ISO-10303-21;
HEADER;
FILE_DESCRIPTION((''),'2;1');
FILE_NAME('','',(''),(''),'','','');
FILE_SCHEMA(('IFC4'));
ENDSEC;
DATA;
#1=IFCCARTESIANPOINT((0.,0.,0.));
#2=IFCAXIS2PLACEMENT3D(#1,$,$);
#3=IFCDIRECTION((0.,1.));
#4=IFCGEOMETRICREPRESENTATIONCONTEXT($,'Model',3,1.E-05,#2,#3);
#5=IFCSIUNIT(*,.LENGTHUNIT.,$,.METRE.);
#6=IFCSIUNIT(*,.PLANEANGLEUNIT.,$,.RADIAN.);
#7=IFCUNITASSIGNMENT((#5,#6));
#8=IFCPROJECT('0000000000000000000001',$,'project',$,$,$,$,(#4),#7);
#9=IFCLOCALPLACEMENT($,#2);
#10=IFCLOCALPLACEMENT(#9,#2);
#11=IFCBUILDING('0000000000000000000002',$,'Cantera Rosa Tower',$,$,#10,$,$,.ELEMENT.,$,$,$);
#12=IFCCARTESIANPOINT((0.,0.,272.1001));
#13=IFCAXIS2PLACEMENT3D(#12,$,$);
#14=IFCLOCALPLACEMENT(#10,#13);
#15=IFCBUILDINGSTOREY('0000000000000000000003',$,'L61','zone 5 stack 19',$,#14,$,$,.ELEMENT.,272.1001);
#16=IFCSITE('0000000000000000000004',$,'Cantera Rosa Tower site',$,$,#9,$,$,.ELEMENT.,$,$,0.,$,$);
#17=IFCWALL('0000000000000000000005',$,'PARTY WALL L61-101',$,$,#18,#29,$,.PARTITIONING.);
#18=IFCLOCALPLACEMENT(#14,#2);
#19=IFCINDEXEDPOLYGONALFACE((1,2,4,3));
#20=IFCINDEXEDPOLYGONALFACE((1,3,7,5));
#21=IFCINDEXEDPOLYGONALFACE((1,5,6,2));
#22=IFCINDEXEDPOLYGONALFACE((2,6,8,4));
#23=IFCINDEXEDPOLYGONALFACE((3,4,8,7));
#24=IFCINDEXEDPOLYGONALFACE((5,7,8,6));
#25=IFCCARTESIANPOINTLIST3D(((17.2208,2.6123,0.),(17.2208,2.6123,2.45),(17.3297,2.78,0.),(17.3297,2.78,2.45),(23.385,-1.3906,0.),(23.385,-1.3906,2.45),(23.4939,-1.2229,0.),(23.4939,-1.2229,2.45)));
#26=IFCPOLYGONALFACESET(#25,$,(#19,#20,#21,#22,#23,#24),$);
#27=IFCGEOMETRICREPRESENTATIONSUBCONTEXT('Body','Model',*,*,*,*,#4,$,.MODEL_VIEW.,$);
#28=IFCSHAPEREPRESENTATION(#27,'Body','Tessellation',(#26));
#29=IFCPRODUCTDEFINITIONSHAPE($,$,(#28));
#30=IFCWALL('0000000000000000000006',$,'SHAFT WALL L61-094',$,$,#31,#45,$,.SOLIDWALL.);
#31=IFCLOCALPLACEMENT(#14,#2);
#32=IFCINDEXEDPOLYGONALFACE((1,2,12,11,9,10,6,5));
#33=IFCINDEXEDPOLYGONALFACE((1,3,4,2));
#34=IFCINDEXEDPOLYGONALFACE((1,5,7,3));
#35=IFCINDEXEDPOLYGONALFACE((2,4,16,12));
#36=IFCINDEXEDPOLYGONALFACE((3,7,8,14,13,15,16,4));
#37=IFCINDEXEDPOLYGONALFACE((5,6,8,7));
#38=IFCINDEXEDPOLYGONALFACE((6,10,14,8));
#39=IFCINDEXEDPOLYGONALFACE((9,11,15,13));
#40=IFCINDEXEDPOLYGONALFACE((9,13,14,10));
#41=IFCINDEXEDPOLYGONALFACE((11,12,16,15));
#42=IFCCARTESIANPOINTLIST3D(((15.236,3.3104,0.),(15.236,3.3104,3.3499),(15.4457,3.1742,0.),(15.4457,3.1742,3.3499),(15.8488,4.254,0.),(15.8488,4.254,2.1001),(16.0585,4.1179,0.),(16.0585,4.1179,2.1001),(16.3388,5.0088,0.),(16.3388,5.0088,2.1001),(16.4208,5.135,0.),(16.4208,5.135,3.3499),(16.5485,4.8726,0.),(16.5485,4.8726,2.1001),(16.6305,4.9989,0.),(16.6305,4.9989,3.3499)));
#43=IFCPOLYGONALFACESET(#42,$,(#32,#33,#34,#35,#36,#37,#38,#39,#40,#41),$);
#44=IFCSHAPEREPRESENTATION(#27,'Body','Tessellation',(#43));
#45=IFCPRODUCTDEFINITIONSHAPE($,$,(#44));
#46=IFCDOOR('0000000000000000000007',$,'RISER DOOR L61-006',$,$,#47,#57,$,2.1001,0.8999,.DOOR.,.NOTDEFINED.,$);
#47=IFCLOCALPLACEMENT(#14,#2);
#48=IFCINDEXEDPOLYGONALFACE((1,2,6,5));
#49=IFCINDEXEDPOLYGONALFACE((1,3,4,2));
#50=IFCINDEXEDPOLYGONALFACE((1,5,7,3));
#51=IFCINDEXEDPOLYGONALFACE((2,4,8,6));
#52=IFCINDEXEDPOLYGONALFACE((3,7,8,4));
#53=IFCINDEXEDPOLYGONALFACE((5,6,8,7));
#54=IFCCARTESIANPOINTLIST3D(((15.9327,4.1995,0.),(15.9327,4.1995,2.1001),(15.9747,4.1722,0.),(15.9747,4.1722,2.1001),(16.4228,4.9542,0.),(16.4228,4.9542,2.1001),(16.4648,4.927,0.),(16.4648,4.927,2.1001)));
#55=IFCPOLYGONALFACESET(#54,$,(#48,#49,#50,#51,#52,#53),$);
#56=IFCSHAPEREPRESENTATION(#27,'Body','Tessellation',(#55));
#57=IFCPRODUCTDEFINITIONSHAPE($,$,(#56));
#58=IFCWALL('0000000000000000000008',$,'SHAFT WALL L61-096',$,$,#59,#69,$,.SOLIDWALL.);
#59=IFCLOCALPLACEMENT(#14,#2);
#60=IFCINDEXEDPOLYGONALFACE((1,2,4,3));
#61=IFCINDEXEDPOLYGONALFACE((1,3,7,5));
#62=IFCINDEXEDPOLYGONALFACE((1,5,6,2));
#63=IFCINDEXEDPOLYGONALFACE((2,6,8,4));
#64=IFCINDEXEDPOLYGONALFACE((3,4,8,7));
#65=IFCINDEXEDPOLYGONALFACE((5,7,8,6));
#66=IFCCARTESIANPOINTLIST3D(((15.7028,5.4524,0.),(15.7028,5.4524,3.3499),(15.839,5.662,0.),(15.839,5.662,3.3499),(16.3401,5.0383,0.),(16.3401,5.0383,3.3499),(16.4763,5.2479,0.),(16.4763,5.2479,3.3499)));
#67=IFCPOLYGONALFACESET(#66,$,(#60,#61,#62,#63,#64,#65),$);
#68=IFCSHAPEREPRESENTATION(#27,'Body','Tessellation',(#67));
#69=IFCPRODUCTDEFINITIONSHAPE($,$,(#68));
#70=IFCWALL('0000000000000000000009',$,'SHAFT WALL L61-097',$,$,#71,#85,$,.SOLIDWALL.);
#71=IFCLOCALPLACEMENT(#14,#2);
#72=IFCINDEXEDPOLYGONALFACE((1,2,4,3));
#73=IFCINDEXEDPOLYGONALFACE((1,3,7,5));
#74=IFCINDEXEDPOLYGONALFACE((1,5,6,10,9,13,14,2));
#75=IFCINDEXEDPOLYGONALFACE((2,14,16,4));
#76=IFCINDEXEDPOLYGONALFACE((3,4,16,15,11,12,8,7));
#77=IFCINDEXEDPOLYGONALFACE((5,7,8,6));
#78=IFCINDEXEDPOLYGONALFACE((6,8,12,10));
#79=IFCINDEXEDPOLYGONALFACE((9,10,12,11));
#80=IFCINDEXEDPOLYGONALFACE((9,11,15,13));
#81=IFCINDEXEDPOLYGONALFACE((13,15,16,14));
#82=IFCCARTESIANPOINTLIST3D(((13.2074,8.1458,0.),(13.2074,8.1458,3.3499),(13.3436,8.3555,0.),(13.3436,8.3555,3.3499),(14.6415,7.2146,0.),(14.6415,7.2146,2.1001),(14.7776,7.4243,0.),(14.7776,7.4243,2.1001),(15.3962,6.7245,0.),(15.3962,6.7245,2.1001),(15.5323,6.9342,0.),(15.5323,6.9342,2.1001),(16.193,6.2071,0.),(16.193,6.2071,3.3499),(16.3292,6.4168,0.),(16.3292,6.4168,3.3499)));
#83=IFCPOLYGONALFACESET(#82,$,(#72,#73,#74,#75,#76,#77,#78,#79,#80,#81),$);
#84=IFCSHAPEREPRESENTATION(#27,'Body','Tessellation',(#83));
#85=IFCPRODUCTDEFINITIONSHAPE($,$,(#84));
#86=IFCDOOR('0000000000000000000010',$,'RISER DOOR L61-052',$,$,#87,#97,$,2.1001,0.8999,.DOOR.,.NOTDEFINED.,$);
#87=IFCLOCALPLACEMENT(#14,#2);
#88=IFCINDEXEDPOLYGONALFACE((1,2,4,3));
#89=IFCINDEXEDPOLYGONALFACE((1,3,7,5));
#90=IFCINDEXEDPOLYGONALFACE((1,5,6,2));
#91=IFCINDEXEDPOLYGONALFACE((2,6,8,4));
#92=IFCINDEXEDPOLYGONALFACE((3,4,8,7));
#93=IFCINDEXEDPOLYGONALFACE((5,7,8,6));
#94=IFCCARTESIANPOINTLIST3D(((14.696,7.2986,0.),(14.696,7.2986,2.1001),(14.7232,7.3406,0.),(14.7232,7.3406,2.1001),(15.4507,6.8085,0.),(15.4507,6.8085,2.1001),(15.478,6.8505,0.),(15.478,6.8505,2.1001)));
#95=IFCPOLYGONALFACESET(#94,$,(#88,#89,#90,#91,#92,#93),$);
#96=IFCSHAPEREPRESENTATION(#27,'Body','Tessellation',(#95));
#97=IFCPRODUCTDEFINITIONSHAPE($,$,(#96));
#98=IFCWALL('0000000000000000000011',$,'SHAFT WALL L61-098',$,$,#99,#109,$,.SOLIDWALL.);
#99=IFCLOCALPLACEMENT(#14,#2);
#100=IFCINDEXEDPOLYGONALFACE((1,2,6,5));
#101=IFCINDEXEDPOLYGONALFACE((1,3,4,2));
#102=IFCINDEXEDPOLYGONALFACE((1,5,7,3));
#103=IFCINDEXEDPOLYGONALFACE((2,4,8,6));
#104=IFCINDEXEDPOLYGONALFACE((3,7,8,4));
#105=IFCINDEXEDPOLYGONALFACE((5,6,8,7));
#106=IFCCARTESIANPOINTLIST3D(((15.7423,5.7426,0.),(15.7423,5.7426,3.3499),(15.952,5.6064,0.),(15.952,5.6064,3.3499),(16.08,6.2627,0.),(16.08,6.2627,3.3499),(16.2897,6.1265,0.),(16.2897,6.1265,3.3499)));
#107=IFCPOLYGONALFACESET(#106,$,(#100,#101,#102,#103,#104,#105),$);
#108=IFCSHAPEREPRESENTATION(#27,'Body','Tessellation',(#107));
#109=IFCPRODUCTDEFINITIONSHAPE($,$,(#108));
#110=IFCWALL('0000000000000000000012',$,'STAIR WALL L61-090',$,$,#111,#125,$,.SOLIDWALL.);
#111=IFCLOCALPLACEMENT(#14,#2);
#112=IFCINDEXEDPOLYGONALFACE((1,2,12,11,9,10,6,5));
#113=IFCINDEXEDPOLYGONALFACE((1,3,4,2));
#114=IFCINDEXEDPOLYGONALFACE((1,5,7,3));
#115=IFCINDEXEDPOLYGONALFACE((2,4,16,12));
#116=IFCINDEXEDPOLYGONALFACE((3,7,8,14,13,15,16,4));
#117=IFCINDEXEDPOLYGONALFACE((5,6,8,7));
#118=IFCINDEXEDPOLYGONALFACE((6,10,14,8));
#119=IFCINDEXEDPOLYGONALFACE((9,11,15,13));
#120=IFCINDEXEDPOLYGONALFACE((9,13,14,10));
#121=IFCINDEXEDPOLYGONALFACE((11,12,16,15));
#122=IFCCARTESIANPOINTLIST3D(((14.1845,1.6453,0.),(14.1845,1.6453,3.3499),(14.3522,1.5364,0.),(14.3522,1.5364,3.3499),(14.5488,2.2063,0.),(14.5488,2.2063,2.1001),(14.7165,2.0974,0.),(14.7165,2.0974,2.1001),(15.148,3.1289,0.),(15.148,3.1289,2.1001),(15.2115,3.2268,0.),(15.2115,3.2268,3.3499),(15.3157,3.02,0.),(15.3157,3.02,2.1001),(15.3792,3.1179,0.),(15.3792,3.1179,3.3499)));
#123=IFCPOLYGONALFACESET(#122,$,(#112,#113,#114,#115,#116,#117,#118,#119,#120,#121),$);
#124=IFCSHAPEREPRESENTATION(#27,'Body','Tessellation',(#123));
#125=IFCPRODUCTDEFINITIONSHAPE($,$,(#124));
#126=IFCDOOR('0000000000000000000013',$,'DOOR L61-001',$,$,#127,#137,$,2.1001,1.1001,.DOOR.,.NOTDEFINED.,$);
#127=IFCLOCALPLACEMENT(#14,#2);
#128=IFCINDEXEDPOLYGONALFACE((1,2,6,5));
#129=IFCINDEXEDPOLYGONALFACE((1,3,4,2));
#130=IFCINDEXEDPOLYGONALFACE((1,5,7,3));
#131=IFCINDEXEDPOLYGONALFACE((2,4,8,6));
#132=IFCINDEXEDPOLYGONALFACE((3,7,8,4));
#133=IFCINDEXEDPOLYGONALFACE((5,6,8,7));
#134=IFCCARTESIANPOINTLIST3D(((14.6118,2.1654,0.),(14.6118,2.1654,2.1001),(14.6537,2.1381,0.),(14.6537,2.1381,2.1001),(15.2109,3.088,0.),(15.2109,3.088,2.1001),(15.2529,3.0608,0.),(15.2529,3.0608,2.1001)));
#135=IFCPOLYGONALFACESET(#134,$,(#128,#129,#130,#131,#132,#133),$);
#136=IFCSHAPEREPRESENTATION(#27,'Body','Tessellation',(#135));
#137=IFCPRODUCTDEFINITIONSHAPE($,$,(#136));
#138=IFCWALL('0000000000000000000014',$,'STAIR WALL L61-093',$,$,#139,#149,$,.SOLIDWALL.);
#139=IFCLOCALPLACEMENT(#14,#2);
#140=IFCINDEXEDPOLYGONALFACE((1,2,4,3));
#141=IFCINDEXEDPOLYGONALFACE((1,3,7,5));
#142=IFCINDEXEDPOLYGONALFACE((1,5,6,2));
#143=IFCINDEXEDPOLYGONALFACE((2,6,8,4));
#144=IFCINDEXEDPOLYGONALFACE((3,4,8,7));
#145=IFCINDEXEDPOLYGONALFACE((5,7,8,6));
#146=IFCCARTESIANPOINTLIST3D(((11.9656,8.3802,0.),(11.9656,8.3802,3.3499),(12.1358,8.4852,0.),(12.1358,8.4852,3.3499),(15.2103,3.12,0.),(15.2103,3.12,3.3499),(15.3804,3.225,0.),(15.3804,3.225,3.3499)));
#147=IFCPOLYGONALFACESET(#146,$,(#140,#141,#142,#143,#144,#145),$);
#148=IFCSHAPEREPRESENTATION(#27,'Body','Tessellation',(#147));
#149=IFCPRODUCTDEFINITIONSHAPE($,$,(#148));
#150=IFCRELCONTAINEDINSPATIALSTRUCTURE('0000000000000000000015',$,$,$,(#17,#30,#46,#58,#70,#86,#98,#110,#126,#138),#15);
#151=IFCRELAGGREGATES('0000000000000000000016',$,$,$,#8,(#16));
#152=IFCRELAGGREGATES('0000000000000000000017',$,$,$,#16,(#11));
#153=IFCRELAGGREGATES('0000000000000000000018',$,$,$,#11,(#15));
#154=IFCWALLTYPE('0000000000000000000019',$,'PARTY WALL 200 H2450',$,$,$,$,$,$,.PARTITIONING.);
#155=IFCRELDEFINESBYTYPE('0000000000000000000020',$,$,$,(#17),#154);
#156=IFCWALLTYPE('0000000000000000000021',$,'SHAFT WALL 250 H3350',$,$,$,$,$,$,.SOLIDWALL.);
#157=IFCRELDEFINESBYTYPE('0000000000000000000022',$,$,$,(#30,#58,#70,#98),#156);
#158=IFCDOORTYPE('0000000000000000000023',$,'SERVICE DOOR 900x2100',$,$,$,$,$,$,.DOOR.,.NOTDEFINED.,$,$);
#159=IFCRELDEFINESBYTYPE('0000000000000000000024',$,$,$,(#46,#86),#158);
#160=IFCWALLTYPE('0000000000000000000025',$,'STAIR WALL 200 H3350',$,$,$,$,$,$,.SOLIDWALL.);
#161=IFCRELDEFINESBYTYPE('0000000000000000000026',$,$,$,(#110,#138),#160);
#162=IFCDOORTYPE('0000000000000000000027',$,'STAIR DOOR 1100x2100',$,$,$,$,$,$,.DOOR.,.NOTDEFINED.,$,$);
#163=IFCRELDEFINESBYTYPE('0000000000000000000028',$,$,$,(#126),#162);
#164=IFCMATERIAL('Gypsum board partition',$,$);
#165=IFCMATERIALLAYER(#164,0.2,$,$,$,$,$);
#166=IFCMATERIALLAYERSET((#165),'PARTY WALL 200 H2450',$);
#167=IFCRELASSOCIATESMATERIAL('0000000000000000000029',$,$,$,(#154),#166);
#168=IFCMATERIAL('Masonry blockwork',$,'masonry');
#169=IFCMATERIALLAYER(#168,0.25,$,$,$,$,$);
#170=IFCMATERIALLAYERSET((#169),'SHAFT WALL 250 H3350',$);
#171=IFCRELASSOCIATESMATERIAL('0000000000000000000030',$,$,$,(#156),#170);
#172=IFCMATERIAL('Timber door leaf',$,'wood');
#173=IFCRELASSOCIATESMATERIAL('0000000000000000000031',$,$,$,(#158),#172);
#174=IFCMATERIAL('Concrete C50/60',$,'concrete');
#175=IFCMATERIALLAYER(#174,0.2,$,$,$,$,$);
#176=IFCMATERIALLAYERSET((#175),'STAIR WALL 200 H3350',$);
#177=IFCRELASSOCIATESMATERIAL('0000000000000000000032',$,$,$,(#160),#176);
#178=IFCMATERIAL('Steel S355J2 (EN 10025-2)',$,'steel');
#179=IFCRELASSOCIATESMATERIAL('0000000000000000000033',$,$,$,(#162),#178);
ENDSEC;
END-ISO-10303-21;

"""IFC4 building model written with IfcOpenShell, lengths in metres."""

from ifc_helpers import new_model, si_unit, direction, frame, frame_2d, origin, place, context, subcontext, project, spatial, rectangle, extrude, material, layer, layer_set, type_object, element, fill, save


model = new_model("IFC4")

# Units and contexts
model_context = context("Model", 3, precision=1e-05, world=origin(), true_north=direction((0.0, 1.0)))
body_context = subcontext(model_context, "Body", "Model", "MODEL_VIEW")
ifc_project = project(units=[si_unit("LENGTHUNIT", "METRE"), si_unit("PLANEANGLEUNIT", "RADIAN")], contexts=[model_context])

# Site, building, storey
site_placement = place(None, origin())
site = spatial("IfcSite", under=ifc_project, at=site_placement, Name="Cantera Rosa Tower site", CompositionType="ELEMENT", RefElevation=0.0)
building_placement = place(site_placement, origin())
building = spatial("IfcBuilding", under=site, at=building_placement, Name="Cantera Rosa Tower", CompositionType="ELEMENT")
storey_placement = place(building_placement, frame((0.0, 0.0, 272.1001)))
storey = spatial("IfcBuildingStorey", under=building, at=storey_placement, Name="L61", Description="zone 5 stack 19", CompositionType="ELEMENT", Elevation=272.1001)

# Wall
ifc_material_1 = material(Name="Gypsum board partition")
ifc_layer_1 = layer(ifc_material_1, 0.2)
ifc_layer_set_1 = layer_set([ifc_layer_1], Name="PARTY WALL 200 H2450")
wall_type_1 = type_object("IfcWallType", Name="PARTY WALL 200 H2450", PredefinedType="PARTITIONING", material=ifc_layer_set_1)
wall_1_placement = place(storey_placement, frame((17.2754, 2.696, 0.0), z_axis=(0.0, 0.0, 1.0), x_axis=(0.838684, -0.544618, 0.0)))
element("IfcWall", 1, at=wall_1_placement, inside=storey, type_object=wall_type_1, Name="PARTY WALL L61-101", PredefinedType="PARTITIONING", context=body_context, shape_type="SweptSolid", body=[
    extrude(rectangle(XDim=7.3499, YDim=0.2, at=frame_2d((3.6748, 0.0))), origin(), (0.0, 0.0, 1.0), 2.45),
])

# Wall, opening, door
ifc_material_2 = material(Name="Masonry blockwork", Category="masonry")
ifc_layer_2 = layer(ifc_material_2, 0.25)
ifc_layer_set_2 = layer_set([ifc_layer_2], Name="SHAFT WALL 250 H3350")
wall_type_2 = type_object("IfcWallType", Name="SHAFT WALL 250 H3350", PredefinedType="SOLIDWALL", material=ifc_layer_set_2)
wall_2_placement = place(storey_placement, frame((15.3408, 3.2422, 0.0), z_axis=(0.0, 0.0, 1.0), x_axis=(0.544586, 0.838705, 0.0)))
wall_2 = element("IfcWall", 2, at=wall_2_placement, inside=storey, type_object=wall_type_2, Name="SHAFT WALL L61-094", PredefinedType="SOLIDWALL", context=body_context, shape_type="SweptSolid", body=[
    extrude(rectangle(XDim=2.1755, YDim=0.25, at=frame_2d((1.0879, 0.0))), origin(), (0.0, 0.0, 1.0), 3.3499),
])
opening_1_placement = place(wall_2_placement, frame((1.1252, 0.0, 0.0)))
opening_1 = element("IfcOpeningElement", 3, at=opening_1_placement, cuts=wall_2, PredefinedType="OPENING", context=body_context, shape_type="SweptSolid", body=[
    extrude(rectangle(XDim=0.8999, YDim=2.1001, at=frame_2d((0.45, 1.05))), frame((0.0, 0.135, 0.0), z_axis=(0.0, -1.0, 0.0), x_axis=(1.0, 0.0, 0.0)), (0.0, 0.0, 1.0), 0.27),
])
ifc_material_3 = material(Name="Timber door leaf", Category="wood")
door_type_1 = type_object("IfcDoorType", Name="SERVICE DOOR 900x2100", OperationType="NOTDEFINED", PredefinedType="DOOR", material=ifc_material_3)
door_1_placement = place(opening_1_placement, origin())
door_1 = element("IfcDoor", 4, at=door_1_placement, inside=storey, type_object=door_type_1, Name="RISER DOOR L61-006", OperationType="NOTDEFINED", OverallHeight=2.1001, OverallWidth=0.8999, PredefinedType="DOOR", context=body_context, shape_type="SweptSolid", body=[
    extrude(rectangle(XDim=0.8999, YDim=2.1001, at=frame_2d((0.45, 1.05))), frame((0.0, 0.0249, 0.0), z_axis=(0.0, -1.0, 0.0), x_axis=(1.0, 0.0, 0.0)), (0.0, 0.0, 1.0), 0.05),
])
fill(opening_1, door_1)

# Wall
wall_3_placement = place(storey_placement, frame((15.771, 5.5571, 0.0), z_axis=(0.0, 0.0, 1.0), x_axis=(0.838517, -0.544875, 0.0)))
element("IfcWall", 5, at=wall_3_placement, inside=storey, type_object=wall_type_2, Name="SHAFT WALL L61-096", PredefinedType="SOLIDWALL", context=body_context, shape_type="SweptSolid", body=[
    extrude(rectangle(XDim=0.76, YDim=0.25, at=frame_2d((0.3799, 0.0))), origin(), (0.0, 0.0, 1.0), 3.3499),
])

# Wall, opening, door
wall_4_placement = place(storey_placement, frame((16.261, 6.312, 0.0), z_axis=(0.0, 0.0, 1.0), x_axis=(-0.83869, 0.54461, 0.0)))
wall_4 = element("IfcWall", 6, at=wall_4_placement, inside=storey, type_object=wall_type_2, Name="SHAFT WALL L61-097", PredefinedType="SOLIDWALL", context=body_context, shape_type="SweptSolid", body=[
    extrude(rectangle(XDim=3.5598, YDim=0.25, at=frame_2d((1.7798, 0.0))), origin(), (0.0, 0.0, 1.0), 3.3499),
])
opening_2_placement = place(wall_4_placement, frame((0.95, 0.0, 0.0)))
opening_2 = element("IfcOpeningElement", 7, at=opening_2_placement, cuts=wall_4, PredefinedType="OPENING", context=body_context, shape_type="SweptSolid", body=[
    extrude(rectangle(XDim=0.8999, YDim=2.1001, at=frame_2d((0.45, 1.05))), frame((0.0, 0.135, 0.0), z_axis=(0.0, -1.0, 0.0), x_axis=(1.0, 0.0, 0.0)), (0.0, 0.0, 1.0), 0.27),
])
door_2_placement = place(opening_2_placement, origin())
door_2 = element("IfcDoor", 8, at=door_2_placement, inside=storey, type_object=door_type_1, Name="RISER DOOR L61-052", OperationType="NOTDEFINED", OverallHeight=2.1001, OverallWidth=0.8999, PredefinedType="DOOR", context=body_context, shape_type="SweptSolid", body=[
    extrude(rectangle(XDim=0.8999, YDim=2.1001, at=frame_2d((0.45, 1.05))), frame((0.0, 0.0249, 0.0), z_axis=(0.0, -1.0, 0.0), x_axis=(1.0, 0.0, 0.0)), (0.0, 0.0, 1.0), 0.05),
])
fill(opening_2, door_2)

# Wall
wall_5_placement = place(storey_placement, frame((16.1848, 6.1946, 0.0), z_axis=(0.0, 0.0, 1.0), x_axis=(-0.544573, -0.838713, 0.0)))
element("IfcWall", 9, at=wall_5_placement, inside=storey, type_object=wall_type_2, Name="SHAFT WALL L61-098", PredefinedType="SOLIDWALL", context=body_context, shape_type="SweptSolid", body=[
    extrude(rectangle(XDim=0.6201, YDim=0.25, at=frame_2d((0.3101, 0.0))), origin(), (0.0, 0.0, 1.0), 3.3499),
])

# Wall, opening, door
ifc_material_4 = material(Name="Concrete C50/60", Category="concrete")
ifc_layer_3 = layer(ifc_material_4, 0.2)
ifc_layer_set_3 = layer_set([ifc_layer_3], Name="STAIR WALL 200 H3350")
wall_type_3 = type_object("IfcWallType", Name="STAIR WALL 200 H3350", PredefinedType="SOLIDWALL", material=ifc_layer_set_3)
wall_6_placement = place(storey_placement, frame((14.2683, 1.5908, 0.0), z_axis=(0.0, 0.0, 1.0), x_axis=(0.544652, 0.838662, 0.0)))
wall_6 = element("IfcWall", 10, at=wall_6_placement, inside=storey, type_object=wall_type_3, Name="STAIR WALL L61-090", PredefinedType="SOLIDWALL", context=body_context, shape_type="SweptSolid", body=[
    extrude(rectangle(XDim=1.8857, YDim=0.2, at=frame_2d((0.9429, 0.0))), origin(), (0.0, 0.0, 1.0), 3.3499),
])
opening_3_placement = place(wall_6_placement, frame((0.6689, 0.0, 0.0)))
opening_3 = element("IfcOpeningElement", 11, at=opening_3_placement, cuts=wall_6, PredefinedType="OPENING", context=body_context, shape_type="SweptSolid", body=[
    extrude(rectangle(XDim=1.1001, YDim=2.1001, at=frame_2d((0.55, 1.05))), frame((0.0, 0.1099, 0.0), z_axis=(0.0, -1.0, 0.0), x_axis=(1.0, 0.0, 0.0)), (0.0, 0.0, 1.0), 0.22),
])
ifc_material_5 = material(Name="Steel S355J2 (EN 10025-2)", Category="steel")
door_type_2 = type_object("IfcDoorType", Name="STAIR DOOR 1100x2100", OperationType="NOTDEFINED", PredefinedType="DOOR", material=ifc_material_5)
door_3_placement = place(opening_3_placement, origin())
door_3 = element("IfcDoor", 12, at=door_3_placement, inside=storey, type_object=door_type_2, Name="DOOR L61-001", OperationType="NOTDEFINED", OverallHeight=2.1001, OverallWidth=1.1001, PredefinedType="DOOR", context=body_context, shape_type="SweptSolid", body=[
    extrude(rectangle(XDim=1.1001, YDim=2.1001, at=frame_2d((0.55, 1.05))), frame((0.0, 0.0249, 0.0), z_axis=(0.0, -1.0, 0.0), x_axis=(1.0, 0.0, 0.0)), (0.0, 0.0, 1.0), 0.05),
])
fill(opening_3, door_3)

# Wall
wall_7_placement = place(storey_placement, frame((15.2954, 3.1724, 0.0), z_axis=(0.0, 0.0, 1.0), x_axis=(-0.524983, 0.851113, 0.0)))
element("IfcWall", 13, at=wall_7_placement, inside=storey, type_object=wall_type_3, Name="STAIR WALL L61-093", PredefinedType="SOLIDWALL", context=body_context, shape_type="SweptSolid", body=[
    extrude(rectangle(XDim=6.1804, YDim=0.2, at=frame_2d((3.0903, 0.0))), origin(), (0.0, 0.0, 1.0), 3.3499),
])

save(model, "model.ifc")
